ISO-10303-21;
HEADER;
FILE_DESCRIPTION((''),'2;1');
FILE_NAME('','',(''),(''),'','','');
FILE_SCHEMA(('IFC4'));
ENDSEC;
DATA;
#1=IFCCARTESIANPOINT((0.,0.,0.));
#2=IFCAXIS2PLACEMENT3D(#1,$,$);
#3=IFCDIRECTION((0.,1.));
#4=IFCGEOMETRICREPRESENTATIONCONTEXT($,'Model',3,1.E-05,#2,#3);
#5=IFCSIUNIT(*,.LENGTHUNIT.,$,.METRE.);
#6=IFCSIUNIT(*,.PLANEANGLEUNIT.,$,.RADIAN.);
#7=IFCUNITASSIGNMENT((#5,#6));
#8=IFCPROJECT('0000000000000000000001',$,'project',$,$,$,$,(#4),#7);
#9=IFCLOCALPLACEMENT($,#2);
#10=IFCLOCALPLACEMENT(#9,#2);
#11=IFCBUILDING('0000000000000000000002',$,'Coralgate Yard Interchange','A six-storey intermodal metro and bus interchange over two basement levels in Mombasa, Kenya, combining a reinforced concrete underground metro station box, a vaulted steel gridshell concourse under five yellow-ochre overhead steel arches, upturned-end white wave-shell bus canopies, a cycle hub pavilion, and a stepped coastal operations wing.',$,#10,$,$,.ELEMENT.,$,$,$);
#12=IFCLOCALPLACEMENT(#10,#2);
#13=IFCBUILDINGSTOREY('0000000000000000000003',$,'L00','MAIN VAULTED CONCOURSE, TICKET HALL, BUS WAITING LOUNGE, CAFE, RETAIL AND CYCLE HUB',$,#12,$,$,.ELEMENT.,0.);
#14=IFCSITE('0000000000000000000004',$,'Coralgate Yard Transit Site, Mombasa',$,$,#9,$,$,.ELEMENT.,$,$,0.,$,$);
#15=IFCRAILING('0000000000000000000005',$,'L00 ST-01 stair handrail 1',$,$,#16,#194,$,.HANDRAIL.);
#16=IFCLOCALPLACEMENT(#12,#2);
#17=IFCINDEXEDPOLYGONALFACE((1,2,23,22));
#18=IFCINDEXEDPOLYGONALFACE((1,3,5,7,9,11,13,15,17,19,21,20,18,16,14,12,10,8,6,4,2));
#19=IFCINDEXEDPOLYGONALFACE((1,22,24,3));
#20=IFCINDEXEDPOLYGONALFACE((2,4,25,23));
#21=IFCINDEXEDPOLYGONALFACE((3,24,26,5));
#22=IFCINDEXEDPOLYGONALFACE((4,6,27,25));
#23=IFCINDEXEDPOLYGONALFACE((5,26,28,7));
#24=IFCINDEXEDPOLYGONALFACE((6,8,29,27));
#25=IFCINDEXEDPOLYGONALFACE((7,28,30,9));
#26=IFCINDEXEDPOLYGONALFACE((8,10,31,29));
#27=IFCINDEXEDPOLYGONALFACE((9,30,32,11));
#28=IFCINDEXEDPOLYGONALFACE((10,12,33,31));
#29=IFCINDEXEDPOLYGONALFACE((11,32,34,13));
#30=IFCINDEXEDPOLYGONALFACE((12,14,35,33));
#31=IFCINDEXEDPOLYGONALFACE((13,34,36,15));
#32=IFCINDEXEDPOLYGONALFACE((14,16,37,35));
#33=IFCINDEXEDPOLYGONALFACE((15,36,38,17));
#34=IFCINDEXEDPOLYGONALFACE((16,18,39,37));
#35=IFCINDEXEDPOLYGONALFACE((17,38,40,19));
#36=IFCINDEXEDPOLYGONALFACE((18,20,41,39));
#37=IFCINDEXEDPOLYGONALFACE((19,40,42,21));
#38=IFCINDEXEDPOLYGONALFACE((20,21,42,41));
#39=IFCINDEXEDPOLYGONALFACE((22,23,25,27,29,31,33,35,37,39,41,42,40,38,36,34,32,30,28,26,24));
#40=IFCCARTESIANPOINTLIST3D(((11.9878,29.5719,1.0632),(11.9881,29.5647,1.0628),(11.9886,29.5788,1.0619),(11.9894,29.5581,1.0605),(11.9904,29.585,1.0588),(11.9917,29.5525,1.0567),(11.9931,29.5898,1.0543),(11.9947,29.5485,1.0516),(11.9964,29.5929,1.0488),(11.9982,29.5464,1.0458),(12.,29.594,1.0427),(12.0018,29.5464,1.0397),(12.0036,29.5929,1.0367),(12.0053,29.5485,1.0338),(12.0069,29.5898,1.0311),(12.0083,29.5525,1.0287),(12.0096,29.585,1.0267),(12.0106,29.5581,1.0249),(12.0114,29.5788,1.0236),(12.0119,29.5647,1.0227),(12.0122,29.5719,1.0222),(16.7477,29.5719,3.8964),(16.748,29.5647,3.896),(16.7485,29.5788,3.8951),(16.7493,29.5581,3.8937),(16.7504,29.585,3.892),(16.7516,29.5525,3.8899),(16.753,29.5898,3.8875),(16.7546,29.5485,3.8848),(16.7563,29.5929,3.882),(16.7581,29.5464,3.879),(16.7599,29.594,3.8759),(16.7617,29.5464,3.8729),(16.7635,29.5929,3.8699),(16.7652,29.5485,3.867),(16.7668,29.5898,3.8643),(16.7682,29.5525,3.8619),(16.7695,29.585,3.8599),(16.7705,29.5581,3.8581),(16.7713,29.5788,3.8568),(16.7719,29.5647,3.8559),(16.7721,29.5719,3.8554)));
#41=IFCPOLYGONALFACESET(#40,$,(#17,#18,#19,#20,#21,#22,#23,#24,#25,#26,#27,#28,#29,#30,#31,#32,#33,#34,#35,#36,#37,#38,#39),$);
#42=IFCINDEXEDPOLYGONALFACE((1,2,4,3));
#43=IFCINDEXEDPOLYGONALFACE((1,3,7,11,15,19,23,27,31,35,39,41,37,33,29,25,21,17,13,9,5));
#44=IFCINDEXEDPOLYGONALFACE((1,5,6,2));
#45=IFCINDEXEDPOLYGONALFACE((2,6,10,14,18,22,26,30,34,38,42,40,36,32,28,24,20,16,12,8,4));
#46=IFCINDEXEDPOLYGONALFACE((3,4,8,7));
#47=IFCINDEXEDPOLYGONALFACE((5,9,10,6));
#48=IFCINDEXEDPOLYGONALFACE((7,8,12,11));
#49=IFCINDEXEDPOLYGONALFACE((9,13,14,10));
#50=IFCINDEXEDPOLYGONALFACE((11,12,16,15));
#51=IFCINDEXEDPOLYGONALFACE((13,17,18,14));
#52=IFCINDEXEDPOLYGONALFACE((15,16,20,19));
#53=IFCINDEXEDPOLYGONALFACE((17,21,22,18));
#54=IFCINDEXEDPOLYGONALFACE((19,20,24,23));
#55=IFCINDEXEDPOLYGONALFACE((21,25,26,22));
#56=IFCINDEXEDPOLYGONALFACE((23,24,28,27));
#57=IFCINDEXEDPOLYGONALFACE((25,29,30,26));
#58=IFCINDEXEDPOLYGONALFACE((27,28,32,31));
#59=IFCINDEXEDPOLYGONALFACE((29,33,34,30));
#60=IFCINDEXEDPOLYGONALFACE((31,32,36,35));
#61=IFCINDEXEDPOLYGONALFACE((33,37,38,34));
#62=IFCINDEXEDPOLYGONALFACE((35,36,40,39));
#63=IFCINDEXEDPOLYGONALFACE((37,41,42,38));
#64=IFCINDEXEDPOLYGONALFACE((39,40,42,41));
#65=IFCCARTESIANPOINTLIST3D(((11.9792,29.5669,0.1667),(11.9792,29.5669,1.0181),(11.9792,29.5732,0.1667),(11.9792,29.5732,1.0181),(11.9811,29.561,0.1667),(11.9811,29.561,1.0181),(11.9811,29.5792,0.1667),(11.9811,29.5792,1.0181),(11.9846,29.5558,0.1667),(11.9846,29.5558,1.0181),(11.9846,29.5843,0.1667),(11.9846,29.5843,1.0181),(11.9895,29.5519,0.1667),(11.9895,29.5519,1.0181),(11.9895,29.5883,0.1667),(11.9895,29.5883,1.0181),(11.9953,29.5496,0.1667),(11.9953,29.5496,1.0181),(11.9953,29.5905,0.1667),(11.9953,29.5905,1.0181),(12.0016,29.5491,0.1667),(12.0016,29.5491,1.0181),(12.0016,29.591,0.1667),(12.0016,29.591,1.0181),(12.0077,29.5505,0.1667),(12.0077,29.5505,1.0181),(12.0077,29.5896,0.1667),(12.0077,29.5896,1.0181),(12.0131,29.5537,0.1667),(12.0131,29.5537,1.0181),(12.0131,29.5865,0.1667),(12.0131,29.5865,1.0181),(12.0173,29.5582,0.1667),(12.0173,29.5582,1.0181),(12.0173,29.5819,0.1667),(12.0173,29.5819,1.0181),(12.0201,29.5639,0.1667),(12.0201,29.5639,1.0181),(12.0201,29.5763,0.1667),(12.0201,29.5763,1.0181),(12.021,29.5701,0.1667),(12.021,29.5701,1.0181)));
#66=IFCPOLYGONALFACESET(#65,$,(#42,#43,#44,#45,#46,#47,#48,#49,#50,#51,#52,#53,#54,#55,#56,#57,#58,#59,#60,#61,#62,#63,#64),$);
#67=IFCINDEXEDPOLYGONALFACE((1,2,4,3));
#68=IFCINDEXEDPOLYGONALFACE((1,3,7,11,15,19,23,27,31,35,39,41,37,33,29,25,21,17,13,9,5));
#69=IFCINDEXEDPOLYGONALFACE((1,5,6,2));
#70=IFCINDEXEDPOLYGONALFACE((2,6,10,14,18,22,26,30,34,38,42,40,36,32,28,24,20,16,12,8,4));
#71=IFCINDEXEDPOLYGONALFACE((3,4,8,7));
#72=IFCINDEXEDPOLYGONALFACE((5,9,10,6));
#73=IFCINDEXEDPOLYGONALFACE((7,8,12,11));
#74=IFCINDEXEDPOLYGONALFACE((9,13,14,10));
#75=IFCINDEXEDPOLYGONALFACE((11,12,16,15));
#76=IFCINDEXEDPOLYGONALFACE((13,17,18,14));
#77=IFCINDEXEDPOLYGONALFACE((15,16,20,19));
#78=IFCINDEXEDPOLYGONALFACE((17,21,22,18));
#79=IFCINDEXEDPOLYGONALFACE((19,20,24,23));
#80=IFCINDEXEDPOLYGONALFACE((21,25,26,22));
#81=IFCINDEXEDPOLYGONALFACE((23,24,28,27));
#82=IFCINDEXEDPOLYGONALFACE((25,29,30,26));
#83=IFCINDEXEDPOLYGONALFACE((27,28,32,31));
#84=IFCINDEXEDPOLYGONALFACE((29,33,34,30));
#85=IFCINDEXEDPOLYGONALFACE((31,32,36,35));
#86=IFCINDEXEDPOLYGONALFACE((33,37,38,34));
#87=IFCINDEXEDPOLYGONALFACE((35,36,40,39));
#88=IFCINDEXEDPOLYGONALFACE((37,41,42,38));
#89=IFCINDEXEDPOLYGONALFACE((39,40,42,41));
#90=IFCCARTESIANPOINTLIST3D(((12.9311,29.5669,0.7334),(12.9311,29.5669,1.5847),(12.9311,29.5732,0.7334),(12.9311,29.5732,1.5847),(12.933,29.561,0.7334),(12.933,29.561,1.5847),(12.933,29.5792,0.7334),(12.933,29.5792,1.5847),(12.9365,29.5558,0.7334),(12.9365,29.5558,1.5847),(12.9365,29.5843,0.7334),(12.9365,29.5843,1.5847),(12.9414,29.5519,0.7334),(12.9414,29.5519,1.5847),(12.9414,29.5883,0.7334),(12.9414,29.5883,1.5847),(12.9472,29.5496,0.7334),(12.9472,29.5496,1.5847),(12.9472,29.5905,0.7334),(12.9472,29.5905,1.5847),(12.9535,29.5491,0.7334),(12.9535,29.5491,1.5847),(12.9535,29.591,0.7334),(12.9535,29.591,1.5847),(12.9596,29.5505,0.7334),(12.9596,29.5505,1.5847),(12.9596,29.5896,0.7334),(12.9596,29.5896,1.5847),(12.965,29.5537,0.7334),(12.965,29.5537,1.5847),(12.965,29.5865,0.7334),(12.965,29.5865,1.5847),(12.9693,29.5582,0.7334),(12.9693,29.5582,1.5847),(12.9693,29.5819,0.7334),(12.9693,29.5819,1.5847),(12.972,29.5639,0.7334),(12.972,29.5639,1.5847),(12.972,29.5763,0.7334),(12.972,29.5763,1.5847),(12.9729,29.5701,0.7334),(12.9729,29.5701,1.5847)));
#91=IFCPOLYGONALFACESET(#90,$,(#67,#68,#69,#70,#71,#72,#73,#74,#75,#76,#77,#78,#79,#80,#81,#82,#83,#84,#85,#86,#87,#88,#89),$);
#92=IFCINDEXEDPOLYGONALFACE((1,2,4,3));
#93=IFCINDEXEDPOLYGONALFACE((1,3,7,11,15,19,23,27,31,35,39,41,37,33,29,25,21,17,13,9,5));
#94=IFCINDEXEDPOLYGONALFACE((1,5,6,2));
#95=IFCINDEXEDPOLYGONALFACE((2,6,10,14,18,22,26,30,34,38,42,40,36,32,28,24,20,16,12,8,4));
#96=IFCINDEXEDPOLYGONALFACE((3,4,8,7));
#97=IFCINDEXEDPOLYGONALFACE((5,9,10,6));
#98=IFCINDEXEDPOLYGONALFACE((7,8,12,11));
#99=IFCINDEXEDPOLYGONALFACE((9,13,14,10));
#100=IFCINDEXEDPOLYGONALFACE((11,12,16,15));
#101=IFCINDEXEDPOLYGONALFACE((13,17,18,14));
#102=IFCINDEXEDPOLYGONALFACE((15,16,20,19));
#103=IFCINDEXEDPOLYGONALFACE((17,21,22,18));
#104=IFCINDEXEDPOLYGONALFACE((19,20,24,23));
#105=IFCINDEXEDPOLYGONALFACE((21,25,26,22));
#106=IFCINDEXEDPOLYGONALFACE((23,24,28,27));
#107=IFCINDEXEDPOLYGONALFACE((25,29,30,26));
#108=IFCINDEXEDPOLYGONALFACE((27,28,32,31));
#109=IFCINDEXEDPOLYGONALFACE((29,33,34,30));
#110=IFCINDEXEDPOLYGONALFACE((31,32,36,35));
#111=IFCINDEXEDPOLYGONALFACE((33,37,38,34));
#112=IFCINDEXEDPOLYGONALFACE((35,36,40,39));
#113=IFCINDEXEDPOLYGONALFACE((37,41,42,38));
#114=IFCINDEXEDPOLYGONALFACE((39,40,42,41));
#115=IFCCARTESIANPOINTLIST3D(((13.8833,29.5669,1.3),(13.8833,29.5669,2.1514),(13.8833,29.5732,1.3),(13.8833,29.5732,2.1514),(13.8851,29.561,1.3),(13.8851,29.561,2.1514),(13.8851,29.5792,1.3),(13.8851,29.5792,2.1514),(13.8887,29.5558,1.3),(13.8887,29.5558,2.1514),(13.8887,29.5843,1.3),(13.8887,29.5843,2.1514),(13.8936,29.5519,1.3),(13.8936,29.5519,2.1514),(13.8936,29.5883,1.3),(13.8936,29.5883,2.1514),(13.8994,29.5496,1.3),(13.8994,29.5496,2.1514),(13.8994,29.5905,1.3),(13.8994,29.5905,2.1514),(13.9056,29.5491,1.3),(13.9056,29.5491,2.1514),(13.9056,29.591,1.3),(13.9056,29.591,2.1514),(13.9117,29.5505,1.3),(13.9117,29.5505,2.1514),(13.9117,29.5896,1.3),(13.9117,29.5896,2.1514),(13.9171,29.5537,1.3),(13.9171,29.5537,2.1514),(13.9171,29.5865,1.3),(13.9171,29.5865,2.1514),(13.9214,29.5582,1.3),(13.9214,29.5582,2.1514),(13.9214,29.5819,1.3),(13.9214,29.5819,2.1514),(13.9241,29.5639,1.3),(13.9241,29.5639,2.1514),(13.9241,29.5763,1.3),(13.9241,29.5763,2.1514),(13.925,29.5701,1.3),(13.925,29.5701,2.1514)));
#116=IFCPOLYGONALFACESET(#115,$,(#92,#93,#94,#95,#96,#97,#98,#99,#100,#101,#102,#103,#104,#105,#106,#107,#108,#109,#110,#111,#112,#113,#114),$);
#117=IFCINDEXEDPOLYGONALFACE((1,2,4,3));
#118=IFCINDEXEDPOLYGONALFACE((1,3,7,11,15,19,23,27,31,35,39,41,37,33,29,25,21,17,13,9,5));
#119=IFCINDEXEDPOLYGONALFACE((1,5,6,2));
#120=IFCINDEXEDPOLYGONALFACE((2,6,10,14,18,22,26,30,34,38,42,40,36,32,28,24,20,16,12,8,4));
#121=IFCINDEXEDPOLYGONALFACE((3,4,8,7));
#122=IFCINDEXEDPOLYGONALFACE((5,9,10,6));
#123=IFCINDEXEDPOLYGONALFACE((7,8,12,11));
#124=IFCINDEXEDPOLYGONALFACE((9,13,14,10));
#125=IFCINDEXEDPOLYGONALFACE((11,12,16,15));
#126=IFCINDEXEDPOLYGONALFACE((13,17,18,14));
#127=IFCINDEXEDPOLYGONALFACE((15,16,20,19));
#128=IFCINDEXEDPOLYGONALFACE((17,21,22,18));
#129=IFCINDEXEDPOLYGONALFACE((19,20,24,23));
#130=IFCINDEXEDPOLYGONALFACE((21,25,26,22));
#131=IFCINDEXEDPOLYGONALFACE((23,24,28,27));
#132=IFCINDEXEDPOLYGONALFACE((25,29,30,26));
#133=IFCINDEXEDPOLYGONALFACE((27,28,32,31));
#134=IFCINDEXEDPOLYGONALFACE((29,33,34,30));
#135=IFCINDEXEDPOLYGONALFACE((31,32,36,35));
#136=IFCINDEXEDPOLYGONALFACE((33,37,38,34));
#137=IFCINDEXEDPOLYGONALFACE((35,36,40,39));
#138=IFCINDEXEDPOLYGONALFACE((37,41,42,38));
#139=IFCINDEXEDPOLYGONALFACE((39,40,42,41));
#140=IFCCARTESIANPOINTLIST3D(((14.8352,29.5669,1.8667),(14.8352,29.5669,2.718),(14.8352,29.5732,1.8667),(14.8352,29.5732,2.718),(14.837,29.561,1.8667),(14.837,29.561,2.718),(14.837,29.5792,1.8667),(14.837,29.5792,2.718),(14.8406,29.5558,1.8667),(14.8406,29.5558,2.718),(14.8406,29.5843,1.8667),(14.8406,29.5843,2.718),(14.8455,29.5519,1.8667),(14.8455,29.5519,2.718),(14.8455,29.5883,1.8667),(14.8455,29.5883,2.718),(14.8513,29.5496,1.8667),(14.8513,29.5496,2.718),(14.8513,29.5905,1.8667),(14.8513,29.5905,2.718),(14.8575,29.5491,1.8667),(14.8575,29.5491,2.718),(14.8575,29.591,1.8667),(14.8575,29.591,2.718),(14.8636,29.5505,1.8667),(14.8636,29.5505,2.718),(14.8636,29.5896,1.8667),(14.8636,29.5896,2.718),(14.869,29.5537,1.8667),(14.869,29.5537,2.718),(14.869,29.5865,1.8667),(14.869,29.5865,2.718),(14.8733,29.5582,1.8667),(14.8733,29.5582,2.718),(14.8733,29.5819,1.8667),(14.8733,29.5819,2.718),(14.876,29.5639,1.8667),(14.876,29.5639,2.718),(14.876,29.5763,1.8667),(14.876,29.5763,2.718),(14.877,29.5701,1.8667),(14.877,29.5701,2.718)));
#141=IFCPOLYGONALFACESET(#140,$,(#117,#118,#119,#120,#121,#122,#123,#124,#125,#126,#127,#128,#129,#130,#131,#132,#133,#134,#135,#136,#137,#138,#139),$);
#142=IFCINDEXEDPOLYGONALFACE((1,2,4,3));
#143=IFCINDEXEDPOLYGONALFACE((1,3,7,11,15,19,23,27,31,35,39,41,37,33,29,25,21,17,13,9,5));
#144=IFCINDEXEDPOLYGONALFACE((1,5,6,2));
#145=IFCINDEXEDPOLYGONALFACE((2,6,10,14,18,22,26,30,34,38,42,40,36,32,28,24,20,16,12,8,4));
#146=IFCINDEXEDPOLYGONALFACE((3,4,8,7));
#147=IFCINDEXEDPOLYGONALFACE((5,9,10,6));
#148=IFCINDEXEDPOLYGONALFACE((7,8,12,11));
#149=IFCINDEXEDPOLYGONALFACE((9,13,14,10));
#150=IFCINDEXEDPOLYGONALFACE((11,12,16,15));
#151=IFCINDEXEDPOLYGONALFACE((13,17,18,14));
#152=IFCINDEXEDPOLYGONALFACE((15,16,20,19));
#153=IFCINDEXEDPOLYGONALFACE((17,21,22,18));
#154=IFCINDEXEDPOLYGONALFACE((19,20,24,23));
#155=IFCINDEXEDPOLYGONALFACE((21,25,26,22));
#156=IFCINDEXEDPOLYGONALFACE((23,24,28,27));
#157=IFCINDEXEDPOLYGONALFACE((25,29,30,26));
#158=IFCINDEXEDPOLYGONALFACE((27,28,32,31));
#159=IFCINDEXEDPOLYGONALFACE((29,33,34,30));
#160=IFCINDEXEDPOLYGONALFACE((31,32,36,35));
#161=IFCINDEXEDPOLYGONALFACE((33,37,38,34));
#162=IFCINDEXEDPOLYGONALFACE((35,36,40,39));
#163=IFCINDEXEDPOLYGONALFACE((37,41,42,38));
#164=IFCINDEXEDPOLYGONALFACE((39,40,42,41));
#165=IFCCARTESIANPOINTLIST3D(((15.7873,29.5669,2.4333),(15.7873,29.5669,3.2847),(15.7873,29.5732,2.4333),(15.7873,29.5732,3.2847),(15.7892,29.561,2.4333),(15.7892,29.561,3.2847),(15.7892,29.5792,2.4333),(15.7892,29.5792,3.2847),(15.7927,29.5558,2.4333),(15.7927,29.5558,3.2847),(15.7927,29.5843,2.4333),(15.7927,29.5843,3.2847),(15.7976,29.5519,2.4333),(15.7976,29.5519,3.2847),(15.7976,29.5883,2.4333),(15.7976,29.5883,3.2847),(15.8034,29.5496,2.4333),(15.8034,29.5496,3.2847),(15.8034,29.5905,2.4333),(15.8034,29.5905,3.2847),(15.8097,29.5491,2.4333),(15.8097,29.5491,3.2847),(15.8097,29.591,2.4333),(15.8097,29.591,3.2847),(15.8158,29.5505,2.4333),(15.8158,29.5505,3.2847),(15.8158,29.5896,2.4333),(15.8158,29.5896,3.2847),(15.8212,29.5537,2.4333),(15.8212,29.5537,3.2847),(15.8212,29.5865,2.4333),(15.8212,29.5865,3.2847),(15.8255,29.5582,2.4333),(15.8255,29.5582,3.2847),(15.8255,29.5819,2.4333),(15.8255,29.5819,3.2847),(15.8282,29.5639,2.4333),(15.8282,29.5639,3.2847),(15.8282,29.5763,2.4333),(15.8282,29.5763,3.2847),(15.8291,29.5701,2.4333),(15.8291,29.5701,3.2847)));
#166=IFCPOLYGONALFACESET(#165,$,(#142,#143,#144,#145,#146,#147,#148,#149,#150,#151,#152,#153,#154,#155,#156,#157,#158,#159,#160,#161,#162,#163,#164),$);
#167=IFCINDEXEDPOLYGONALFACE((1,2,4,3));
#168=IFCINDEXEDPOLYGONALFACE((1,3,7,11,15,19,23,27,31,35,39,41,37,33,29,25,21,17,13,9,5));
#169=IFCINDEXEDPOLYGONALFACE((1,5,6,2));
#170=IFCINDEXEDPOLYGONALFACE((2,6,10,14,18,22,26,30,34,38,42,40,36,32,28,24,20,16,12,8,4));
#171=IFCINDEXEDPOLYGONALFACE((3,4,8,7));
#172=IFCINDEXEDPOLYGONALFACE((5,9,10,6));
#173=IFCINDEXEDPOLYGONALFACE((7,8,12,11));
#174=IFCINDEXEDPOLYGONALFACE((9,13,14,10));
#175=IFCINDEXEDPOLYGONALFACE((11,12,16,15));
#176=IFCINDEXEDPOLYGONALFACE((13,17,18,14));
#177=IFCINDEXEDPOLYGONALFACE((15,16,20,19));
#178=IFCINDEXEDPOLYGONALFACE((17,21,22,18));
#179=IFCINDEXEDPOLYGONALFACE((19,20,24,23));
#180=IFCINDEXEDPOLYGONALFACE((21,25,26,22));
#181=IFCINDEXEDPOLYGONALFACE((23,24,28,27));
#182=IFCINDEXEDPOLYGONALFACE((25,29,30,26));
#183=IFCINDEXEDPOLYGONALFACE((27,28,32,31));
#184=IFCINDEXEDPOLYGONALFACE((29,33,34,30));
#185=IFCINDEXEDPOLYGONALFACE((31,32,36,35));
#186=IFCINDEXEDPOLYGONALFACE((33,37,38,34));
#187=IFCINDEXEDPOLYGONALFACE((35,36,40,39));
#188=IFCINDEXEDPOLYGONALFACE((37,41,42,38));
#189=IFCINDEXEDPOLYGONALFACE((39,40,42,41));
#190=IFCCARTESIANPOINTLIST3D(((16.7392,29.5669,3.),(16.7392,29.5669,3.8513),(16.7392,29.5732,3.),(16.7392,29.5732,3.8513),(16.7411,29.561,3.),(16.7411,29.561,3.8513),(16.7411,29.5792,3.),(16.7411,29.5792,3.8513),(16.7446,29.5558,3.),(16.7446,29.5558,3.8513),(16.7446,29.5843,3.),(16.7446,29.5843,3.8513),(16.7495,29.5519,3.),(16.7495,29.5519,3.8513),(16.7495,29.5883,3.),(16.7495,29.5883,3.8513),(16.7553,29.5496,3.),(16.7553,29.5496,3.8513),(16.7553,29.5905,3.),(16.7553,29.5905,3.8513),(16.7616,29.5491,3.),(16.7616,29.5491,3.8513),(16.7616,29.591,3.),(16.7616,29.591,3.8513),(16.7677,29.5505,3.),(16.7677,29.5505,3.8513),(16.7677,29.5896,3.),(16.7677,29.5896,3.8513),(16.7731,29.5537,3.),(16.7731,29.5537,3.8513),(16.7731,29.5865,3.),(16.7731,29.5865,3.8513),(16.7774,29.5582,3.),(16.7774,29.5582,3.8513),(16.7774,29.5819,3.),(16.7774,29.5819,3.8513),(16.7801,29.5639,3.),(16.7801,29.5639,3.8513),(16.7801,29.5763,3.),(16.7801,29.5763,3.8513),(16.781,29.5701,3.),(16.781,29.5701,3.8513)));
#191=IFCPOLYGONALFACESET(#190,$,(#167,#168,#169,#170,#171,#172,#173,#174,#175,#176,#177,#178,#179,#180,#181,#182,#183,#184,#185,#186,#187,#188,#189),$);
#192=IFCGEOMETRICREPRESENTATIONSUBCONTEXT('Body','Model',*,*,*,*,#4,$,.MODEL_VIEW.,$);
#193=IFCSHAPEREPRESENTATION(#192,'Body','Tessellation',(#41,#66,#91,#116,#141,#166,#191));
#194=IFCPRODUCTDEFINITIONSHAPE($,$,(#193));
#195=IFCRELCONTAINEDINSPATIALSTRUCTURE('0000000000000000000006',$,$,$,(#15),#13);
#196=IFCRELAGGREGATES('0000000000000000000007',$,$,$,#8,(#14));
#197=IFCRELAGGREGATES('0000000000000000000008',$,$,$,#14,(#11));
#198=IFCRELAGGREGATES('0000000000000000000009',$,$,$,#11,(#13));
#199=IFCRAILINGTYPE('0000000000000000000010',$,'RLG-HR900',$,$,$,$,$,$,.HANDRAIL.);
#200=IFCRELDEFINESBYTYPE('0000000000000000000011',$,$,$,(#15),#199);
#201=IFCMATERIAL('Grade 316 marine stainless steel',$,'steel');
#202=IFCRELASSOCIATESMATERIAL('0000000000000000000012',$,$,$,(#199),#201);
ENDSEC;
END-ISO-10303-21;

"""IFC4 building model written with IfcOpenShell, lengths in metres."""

from ifc_helpers import new_model, si_unit, direction, frame, origin, origin_2d, place, context, subcontext, project, spatial, circle, extrude, material, type_object, element, save


model = new_model("IFC4")

# Units and contexts
model_context = context("Model", 3, precision=1e-05, world=origin(), true_north=direction((0.0, 1.0)))
body_context = subcontext(model_context, "Body", "Model", "MODEL_VIEW")
ifc_project = project(units=[si_unit("LENGTHUNIT", "METRE"), si_unit("PLANEANGLEUNIT", "RADIAN")], contexts=[model_context])

# Site, building, storey
site_placement = place(None, origin())
site = spatial("IfcSite", under=ifc_project, at=site_placement, Name="Coralgate Yard Transit Site, Mombasa", CompositionType="ELEMENT", RefElevation=0.0)
building_placement = place(site_placement, origin())
building = spatial("IfcBuilding", under=site, at=building_placement, Name="Coralgate Yard Interchange", Description="A six-storey intermodal metro and bus interchange over two basement levels in Mombasa, Kenya, combining a reinforced concrete underground metro station box, a vaulted steel gridshell concourse under five yellow-ochre overhead steel arches, upturned-end white wave-shell bus canopies, a cycle hub pavilion, and a stepped coastal operations wing.", CompositionType="ELEMENT")
storey_placement = place(building_placement, origin())
storey = spatial("IfcBuildingStorey", under=building, at=storey_placement, Name="L00", Description="MAIN VAULTED CONCOURSE, TICKET HALL, BUS WAITING LOUNGE, CAFE, RETAIL AND CYCLE HUB", CompositionType="ELEMENT", Elevation=0.0)

# Railing
ifc_material_1 = material(Name="Grade 316 marine stainless steel", Category="steel")
railing_type = type_object("IfcRailingType", Name="RLG-HR900", PredefinedType="HANDRAIL", material=ifc_material_1)
railing_placement = place(storey_placement, frame((12.0, 29.5701, 0.1667)))
element("IfcRailing", 1, at=railing_placement, inside=storey, type_object=railing_type, Name="L00 ST-01 stair handrail 1", PredefinedType="HANDRAIL", context=body_context, shape_type="SweptSolid", body=[
    extrude(circle(Radius=0.0239, at=origin_2d()), frame((0.0, 0.0, 0.876), z_axis=(0.8593, 0.0, 0.511472), x_axis=(0.0, 1.0, 0.0)), (0.0, 0.0, 1.0), 5.5393),
    extrude(circle(Radius=0.021, at=origin_2d()), origin(), (0.0, 0.0, 1.0), 0.8513),
    extrude(circle(Radius=0.021, at=origin_2d()), frame((0.9519, 0.0, 0.5667)), (0.0, 0.0, 1.0), 0.8513),
    extrude(circle(Radius=0.021, at=origin_2d()), frame((1.9041, 0.0, 1.1333)), (0.0, 0.0, 1.0), 0.8513),
    extrude(circle(Radius=0.021, at=origin_2d()), frame((2.856, 0.0, 1.7)), (0.0, 0.0, 1.0), 0.8513),
    extrude(circle(Radius=0.021, at=origin_2d()), frame((3.8081, 0.0, 2.2666)), (0.0, 0.0, 1.0), 0.8513),
    extrude(circle(Radius=0.021, at=origin_2d()), frame((4.76, 0.0, 2.8333)), (0.0, 0.0, 1.0), 0.8513),
])

save(model, "model.ifc")
